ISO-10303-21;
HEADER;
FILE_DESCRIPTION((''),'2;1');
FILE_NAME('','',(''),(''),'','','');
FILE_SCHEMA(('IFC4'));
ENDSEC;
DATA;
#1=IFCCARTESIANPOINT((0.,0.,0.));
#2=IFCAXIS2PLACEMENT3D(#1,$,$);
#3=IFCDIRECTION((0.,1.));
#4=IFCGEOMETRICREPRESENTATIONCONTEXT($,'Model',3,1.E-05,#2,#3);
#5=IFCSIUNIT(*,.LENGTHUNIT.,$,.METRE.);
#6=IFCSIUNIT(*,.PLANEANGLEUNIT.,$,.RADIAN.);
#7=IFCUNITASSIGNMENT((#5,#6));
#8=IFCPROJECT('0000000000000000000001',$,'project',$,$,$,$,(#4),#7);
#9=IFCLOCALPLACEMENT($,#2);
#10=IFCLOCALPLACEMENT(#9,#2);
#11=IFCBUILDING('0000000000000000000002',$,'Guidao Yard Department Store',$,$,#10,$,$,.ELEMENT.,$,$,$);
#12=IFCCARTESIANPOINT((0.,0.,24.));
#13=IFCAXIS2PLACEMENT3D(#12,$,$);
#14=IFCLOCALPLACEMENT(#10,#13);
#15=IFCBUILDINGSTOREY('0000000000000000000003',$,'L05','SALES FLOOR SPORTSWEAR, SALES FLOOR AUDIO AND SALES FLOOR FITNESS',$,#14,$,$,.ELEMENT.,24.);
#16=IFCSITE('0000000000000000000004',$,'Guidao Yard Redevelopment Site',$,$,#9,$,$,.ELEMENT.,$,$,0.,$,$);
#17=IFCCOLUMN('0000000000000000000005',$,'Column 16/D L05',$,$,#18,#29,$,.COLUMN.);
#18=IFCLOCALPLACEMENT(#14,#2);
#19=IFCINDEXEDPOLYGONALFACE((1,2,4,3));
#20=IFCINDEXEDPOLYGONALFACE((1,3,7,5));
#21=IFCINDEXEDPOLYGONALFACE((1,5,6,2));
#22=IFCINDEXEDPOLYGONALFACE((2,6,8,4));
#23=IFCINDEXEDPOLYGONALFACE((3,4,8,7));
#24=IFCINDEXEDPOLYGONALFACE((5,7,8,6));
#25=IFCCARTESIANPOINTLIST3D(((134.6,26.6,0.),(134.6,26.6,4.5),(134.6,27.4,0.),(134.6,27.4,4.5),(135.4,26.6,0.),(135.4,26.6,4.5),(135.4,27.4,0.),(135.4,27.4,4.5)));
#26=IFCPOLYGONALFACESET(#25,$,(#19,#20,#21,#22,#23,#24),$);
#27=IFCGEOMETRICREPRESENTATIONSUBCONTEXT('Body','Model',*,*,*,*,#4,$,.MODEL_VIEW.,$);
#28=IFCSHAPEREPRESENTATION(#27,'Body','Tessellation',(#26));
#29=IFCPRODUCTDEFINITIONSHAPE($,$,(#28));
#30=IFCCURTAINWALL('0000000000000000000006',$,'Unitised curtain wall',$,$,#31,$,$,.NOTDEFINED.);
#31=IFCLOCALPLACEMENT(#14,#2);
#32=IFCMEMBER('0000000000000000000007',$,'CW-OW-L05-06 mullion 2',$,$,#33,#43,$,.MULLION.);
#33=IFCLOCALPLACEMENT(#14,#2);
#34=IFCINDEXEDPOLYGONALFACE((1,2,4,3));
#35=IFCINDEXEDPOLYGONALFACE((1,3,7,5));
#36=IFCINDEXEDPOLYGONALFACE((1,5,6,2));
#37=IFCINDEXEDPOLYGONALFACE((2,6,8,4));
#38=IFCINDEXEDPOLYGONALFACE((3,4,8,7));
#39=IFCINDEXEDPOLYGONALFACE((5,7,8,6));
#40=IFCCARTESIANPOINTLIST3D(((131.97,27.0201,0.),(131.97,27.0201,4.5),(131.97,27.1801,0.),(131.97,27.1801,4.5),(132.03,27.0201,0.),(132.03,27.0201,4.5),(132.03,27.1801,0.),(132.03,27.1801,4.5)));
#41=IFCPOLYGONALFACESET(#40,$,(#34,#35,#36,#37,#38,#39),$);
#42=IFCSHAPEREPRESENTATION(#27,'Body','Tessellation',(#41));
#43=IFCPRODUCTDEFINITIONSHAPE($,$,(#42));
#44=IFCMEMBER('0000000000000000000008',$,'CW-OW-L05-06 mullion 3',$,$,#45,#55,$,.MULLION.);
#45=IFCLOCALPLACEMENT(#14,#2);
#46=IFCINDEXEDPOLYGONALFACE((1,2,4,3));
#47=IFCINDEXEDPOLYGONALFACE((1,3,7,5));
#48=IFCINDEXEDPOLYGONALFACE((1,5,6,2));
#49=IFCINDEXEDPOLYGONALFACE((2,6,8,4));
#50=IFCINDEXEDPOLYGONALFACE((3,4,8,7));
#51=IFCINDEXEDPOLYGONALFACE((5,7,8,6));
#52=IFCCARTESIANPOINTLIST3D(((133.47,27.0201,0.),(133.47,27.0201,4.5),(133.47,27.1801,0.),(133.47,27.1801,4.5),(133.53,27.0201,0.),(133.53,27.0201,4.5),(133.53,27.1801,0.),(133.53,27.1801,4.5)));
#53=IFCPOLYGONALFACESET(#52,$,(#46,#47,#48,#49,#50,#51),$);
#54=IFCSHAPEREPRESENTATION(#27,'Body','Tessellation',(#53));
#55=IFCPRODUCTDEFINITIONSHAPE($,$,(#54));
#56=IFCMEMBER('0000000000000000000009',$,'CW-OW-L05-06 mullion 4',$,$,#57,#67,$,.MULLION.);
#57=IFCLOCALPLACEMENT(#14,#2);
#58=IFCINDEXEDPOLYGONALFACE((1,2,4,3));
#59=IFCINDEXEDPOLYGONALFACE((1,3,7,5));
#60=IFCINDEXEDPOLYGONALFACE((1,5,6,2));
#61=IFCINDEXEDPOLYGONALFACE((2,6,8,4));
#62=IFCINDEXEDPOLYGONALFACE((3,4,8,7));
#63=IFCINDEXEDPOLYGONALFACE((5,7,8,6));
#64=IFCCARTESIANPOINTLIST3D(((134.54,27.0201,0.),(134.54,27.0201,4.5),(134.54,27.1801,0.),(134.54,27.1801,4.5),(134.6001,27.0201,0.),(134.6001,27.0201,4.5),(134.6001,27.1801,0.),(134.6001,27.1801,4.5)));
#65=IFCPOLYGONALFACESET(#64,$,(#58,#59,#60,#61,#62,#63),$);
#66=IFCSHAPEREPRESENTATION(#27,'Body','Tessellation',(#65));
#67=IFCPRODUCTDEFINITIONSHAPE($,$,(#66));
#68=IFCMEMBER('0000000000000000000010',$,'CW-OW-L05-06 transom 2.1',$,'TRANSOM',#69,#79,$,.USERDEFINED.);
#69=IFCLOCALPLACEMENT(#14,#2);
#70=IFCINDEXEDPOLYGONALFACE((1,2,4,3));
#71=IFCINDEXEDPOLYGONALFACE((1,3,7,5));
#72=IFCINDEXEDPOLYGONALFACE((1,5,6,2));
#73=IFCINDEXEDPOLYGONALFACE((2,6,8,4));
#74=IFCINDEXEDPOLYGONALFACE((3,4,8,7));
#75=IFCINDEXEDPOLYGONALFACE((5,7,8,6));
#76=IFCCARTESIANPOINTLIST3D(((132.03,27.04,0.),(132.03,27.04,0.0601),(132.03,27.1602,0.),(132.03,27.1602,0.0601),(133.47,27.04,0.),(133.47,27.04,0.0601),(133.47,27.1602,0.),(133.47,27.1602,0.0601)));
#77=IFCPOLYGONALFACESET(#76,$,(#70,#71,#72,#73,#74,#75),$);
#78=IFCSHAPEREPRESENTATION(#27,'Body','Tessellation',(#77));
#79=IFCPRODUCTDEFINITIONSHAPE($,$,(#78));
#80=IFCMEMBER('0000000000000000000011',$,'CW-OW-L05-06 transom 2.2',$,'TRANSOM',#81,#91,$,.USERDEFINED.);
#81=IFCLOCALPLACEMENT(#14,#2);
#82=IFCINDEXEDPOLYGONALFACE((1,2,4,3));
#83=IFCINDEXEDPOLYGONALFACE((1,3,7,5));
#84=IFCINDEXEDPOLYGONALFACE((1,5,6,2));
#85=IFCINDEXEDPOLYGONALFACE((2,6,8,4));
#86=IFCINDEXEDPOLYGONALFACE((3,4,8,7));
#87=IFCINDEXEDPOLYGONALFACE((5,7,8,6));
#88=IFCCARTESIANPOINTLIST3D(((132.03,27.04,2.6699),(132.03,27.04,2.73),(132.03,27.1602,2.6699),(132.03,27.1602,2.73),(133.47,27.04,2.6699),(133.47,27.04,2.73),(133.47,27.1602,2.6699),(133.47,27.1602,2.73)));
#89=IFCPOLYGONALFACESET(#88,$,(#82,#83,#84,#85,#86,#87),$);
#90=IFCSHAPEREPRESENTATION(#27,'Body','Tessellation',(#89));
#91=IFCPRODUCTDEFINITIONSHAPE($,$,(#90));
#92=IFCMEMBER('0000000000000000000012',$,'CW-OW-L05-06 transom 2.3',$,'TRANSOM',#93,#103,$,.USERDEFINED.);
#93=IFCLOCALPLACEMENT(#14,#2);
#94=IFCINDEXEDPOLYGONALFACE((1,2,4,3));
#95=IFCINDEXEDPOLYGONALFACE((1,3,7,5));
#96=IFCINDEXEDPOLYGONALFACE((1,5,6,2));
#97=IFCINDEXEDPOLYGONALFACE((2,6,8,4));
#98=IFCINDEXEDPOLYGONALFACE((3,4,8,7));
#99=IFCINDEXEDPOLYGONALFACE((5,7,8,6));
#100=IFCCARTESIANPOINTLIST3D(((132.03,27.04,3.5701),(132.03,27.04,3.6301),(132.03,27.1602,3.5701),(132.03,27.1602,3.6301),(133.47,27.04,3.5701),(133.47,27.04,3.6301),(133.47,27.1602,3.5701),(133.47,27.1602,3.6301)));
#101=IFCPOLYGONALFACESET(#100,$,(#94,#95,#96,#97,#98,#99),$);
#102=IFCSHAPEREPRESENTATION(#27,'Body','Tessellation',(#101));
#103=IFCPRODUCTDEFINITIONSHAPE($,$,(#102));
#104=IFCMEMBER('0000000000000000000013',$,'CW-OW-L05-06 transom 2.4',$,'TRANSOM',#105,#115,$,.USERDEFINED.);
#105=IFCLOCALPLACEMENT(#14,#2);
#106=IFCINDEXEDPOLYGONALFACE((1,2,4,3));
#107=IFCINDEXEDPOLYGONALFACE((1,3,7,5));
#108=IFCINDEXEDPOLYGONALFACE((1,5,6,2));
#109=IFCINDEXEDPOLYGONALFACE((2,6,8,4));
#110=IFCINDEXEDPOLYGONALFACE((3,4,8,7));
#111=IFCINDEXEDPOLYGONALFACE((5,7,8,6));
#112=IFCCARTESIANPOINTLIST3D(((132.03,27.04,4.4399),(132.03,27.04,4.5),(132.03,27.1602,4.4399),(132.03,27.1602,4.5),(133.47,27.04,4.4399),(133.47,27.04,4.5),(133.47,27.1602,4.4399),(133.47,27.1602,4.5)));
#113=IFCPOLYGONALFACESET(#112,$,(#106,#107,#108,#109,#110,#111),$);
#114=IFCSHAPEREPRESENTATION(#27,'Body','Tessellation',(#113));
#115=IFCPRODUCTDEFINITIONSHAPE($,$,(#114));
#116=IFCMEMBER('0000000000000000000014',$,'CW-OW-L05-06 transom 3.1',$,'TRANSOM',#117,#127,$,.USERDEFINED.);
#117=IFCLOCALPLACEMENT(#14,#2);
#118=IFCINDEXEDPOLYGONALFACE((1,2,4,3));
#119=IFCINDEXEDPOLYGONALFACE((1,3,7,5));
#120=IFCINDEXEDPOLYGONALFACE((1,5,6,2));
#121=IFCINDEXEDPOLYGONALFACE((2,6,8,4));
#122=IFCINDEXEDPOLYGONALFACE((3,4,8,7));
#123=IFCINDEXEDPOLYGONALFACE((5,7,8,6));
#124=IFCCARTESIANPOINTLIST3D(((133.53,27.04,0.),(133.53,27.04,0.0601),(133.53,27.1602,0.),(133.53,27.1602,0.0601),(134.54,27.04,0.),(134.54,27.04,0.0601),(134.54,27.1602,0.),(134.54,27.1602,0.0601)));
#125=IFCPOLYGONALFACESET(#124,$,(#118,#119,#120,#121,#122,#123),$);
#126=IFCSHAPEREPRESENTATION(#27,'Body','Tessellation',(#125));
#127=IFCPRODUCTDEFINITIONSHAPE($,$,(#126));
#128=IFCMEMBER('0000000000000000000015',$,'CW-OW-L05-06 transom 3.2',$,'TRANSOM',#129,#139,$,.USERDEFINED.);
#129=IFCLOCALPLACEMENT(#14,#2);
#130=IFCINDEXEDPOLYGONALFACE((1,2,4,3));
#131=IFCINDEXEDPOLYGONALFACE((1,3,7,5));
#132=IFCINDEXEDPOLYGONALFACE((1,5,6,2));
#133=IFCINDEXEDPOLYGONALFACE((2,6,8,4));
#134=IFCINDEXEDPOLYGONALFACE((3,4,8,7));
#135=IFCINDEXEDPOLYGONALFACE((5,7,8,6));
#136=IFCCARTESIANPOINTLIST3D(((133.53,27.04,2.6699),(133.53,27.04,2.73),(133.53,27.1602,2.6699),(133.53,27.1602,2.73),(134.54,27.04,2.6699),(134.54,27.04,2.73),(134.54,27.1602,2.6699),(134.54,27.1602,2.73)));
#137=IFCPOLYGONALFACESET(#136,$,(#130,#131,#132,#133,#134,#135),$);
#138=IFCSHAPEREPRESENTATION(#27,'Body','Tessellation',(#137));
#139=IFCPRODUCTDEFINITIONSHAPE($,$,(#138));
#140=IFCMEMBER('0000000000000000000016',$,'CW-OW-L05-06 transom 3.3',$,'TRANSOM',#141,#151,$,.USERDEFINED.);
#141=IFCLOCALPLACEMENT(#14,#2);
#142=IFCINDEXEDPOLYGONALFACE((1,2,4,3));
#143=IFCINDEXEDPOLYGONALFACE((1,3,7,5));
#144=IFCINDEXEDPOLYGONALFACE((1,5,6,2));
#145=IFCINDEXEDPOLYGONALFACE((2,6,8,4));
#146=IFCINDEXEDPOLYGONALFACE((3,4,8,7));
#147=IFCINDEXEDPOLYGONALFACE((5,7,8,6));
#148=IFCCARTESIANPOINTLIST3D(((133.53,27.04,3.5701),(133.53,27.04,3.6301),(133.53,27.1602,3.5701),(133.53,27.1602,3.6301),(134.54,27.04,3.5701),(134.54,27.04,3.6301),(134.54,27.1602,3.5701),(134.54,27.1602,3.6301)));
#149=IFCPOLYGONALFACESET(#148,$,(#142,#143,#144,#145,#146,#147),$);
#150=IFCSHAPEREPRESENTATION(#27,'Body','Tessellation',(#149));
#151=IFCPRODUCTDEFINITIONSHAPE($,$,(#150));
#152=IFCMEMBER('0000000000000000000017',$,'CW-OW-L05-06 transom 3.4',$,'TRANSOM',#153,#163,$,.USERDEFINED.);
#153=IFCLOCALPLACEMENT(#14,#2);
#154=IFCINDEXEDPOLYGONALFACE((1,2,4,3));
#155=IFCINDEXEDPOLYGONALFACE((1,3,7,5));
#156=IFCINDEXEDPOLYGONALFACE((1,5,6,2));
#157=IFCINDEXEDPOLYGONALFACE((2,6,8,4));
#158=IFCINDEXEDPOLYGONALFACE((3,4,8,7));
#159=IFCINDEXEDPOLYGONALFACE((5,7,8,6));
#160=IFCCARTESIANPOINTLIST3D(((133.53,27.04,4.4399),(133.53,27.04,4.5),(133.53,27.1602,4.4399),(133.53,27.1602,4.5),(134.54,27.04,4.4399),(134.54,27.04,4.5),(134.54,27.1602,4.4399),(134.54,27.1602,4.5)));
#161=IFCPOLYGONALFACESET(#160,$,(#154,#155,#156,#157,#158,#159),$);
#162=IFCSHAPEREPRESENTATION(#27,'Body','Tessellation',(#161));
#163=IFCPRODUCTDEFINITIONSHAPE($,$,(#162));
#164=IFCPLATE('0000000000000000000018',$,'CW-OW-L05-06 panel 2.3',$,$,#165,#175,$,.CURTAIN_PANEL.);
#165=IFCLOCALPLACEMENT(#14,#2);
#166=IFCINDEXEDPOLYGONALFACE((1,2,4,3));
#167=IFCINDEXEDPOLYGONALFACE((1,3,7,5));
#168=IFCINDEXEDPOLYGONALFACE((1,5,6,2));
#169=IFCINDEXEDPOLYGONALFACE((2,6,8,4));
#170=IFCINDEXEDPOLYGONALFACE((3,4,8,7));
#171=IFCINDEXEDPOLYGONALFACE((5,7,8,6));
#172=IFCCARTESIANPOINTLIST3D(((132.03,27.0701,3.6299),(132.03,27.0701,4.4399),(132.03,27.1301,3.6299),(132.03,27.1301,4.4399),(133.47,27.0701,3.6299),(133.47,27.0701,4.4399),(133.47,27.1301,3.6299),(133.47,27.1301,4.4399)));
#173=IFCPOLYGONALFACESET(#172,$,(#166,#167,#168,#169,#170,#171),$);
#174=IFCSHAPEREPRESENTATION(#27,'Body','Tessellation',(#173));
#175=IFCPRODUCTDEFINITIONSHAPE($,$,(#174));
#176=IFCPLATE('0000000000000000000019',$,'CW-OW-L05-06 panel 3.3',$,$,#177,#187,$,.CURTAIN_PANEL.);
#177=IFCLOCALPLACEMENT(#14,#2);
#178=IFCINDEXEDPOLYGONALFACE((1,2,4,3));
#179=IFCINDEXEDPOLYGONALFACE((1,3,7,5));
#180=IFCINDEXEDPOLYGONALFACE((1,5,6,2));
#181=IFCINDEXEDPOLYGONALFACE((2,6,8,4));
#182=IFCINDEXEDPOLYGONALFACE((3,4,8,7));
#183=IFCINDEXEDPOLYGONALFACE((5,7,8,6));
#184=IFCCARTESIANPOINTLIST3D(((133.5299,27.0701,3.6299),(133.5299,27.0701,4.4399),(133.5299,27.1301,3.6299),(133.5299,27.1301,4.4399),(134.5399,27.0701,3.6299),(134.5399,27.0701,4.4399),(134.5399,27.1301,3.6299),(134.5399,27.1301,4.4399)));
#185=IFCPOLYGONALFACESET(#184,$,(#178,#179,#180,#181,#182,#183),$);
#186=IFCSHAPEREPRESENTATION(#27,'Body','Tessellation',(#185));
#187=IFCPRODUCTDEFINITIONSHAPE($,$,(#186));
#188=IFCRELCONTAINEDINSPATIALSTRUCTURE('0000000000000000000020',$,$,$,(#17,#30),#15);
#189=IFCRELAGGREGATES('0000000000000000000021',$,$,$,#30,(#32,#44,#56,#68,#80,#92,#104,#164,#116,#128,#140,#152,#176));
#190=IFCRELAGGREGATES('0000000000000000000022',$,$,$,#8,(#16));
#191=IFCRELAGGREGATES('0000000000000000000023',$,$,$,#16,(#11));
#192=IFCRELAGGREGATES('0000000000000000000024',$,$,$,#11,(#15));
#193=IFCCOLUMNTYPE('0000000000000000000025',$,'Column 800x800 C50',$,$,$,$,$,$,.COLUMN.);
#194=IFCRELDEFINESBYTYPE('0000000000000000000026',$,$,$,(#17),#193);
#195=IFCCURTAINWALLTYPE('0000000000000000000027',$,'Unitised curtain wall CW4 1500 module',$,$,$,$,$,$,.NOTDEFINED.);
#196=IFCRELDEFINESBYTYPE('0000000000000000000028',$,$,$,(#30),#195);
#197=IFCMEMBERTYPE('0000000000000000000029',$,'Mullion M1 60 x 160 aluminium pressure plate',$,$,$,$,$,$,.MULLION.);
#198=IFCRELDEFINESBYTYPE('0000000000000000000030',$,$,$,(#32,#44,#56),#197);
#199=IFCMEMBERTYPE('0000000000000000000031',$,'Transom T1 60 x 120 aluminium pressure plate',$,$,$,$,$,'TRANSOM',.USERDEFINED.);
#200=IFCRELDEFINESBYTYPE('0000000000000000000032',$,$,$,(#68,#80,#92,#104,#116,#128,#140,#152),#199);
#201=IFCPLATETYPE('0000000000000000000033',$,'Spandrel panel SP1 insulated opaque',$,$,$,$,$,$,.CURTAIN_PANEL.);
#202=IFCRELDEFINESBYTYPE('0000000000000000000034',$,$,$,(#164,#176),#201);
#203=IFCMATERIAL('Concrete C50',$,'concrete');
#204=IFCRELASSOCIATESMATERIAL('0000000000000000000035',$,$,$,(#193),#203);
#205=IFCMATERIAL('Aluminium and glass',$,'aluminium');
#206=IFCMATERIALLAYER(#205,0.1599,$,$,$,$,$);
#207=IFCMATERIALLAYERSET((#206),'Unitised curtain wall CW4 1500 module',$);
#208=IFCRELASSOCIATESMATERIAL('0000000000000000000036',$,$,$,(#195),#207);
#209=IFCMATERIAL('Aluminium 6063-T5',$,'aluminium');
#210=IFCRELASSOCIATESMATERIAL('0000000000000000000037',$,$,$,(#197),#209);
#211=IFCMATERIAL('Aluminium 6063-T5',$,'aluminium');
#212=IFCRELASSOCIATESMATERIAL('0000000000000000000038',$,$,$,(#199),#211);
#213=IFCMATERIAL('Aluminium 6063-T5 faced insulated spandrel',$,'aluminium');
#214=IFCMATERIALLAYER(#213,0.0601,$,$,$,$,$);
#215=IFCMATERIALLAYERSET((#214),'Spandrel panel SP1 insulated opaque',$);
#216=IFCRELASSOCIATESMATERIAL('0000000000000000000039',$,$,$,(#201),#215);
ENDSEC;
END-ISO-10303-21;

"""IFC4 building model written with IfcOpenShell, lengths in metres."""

from ifc_helpers import new_model, si_unit, direction, frame, origin, origin_2d, place, context, subcontext, project, spatial, rectangle, extrude, material, layer, layer_set, material_profile, profile_set, type_object, element, aggregate, save


model = new_model("IFC4")

# Units and contexts
model_context = context("Model", 3, precision=1e-05, world=origin(), true_north=direction((0.0, 1.0)))
body_context = subcontext(model_context, "Body", "Model", "MODEL_VIEW")
ifc_project = project(units=[si_unit("LENGTHUNIT", "METRE"), si_unit("PLANEANGLEUNIT", "RADIAN")], contexts=[model_context])

# Site, building, storey
site_placement = place(None, origin())
site = spatial("IfcSite", under=ifc_project, at=site_placement, Name="Guidao Yard Redevelopment Site", CompositionType="ELEMENT", RefElevation=0.0)
building_placement = place(site_placement, origin())
building = spatial("IfcBuilding", under=site, at=building_placement, Name="Guidao Yard Department Store", CompositionType="ELEMENT")
storey_placement = place(building_placement, frame((0.0, 0.0, 24.0)))
storey = spatial("IfcBuildingStorey", under=building, at=storey_placement, Name="L05", Description="SALES FLOOR SPORTSWEAR, SALES FLOOR AUDIO AND SALES FLOOR FITNESS", CompositionType="ELEMENT", Elevation=24.0)

# Column
ifc_material_1 = material(Name="Concrete C50", Category="concrete")
ifc_material_profile_1 = material_profile(ifc_material_1, rectangle(XDim=0.8, YDim=0.8, at=origin_2d()), Name="COL 800x800")
ifc_profile_set_1 = profile_set([ifc_material_profile_1], Name="Concrete C50")
column_type = type_object("IfcColumnType", Name="Column 800x800 C50", PredefinedType="COLUMN", material=ifc_profile_set_1)
column_placement = place(storey_placement, frame((135.0, 27.0, 0.0), z_axis=(0.0, 0.0, 1.0), x_axis=(1.0, 0.0, 0.0)))
element("IfcColumn", 1, at=column_placement, inside=storey, type_object=column_type, Name="Column 16/D L05", PredefinedType="COLUMN", context=body_context, shape_type="SweptSolid", body=[
    extrude(rectangle(XDim=0.8, YDim=0.8, at=origin_2d()), origin(), (0.0, 0.0, 1.0), 4.5),
])

# Curtain wall, members, plates
ifc_material_2 = material(Name="Aluminium and glass", Category="aluminium")
ifc_layer_1 = layer(ifc_material_2, 0.1599)
ifc_layer_set_1 = layer_set([ifc_layer_1], Name="Unitised curtain wall CW4 1500 module")
curtain_wall_type = type_object("IfcCurtainWallType", Name="Unitised curtain wall CW4 1500 module", PredefinedType="NOTDEFINED", material=ifc_layer_set_1)
curtain_wall_placement = place(storey_placement, origin())
curtain_wall = element("IfcCurtainWall", 2, at=curtain_wall_placement, inside=storey, type_object=curtain_wall_type, Name="Unitised curtain wall", PredefinedType="NOTDEFINED")
ifc_material_3 = material(Name="Aluminium 6063-T5", Category="aluminium")
ifc_material_profile_2 = material_profile(ifc_material_3, rectangle(XDim=0.0601, YDim=0.1599, at=origin_2d()), Name="Mullion M1 60 x 160 aluminium pressure plate")
ifc_profile_set_2 = profile_set([ifc_material_profile_2], Name="Aluminium 6063-T5")
member_type_1 = type_object("IfcMemberType", Name="Mullion M1 60 x 160 aluminium pressure plate", PredefinedType="MULLION", material=ifc_profile_set_2)
member_1_placement = place(storey_placement, frame((132.0, 27.1001, 0.0), z_axis=(0.0, 0.0, 1.0), x_axis=(1.0, 0.0, 0.0)))
member_1 = element("IfcMember", 3, at=member_1_placement, type_object=member_type_1, Name="CW-OW-L05-06 mullion 2", PredefinedType="MULLION", context=body_context, shape_type="SweptSolid", body=[
    extrude(rectangle(XDim=0.0601, YDim=0.1599, at=origin_2d()), origin(), (0.0, 0.0, 1.0), 4.5),
])
member_2_placement = place(storey_placement, frame((133.5, 27.1001, 0.0), z_axis=(0.0, 0.0, 1.0), x_axis=(1.0, 0.0, 0.0)))
member_2 = element("IfcMember", 4, at=member_2_placement, type_object=member_type_1, Name="CW-OW-L05-06 mullion 3", PredefinedType="MULLION", context=body_context, shape_type="SweptSolid", body=[
    extrude(rectangle(XDim=0.0601, YDim=0.1599, at=origin_2d()), origin(), (0.0, 0.0, 1.0), 4.5),
])
member_3_placement = place(storey_placement, frame((134.5701, 27.1001, 0.0), z_axis=(0.0, 0.0, 1.0), x_axis=(1.0, 0.0, 0.0)))
member_3 = element("IfcMember", 5, at=member_3_placement, type_object=member_type_1, Name="CW-OW-L05-06 mullion 4", PredefinedType="MULLION", context=body_context, shape_type="SweptSolid", body=[
    extrude(rectangle(XDim=0.0601, YDim=0.1599, at=origin_2d()), origin(), (0.0, 0.0, 1.0), 4.5),
])
ifc_material_4 = material(Name="Aluminium 6063-T5", Category="aluminium")
ifc_material_profile_3 = material_profile(ifc_material_4, rectangle(XDim=0.1201, YDim=0.0601, at=origin_2d()), Name="Transom T1 60 x 120 aluminium pressure plate")
ifc_profile_set_3 = profile_set([ifc_material_profile_3], Name="Aluminium 6063-T5")
member_type_2 = type_object("IfcMemberType", Name="Transom T1 60 x 120 aluminium pressure plate", ElementType="TRANSOM", PredefinedType="USERDEFINED", material=ifc_profile_set_3)
member_4_placement = place(storey_placement, frame((132.03, 27.1001, 0.03), z_axis=(1.0, 0.0, 0.0), x_axis=(0.0, 1.0, 0.0)))
member_4 = element("IfcMember", 6, at=member_4_placement, type_object=member_type_2, Name="CW-OW-L05-06 transom 2.1", ObjectType="TRANSOM", PredefinedType="USERDEFINED", context=body_context, shape_type="SweptSolid", body=[
    extrude(rectangle(XDim=0.1201, YDim=0.0601, at=origin_2d()), origin(), (0.0, 0.0, 1.0), 1.4399),
])
member_5_placement = place(storey_placement, frame((132.03, 27.1001, 2.7), z_axis=(1.0, 0.0, 0.0), x_axis=(0.0, 1.0, 0.0)))
member_5 = element("IfcMember", 7, at=member_5_placement, type_object=member_type_2, Name="CW-OW-L05-06 transom 2.2", ObjectType="TRANSOM", PredefinedType="USERDEFINED", context=body_context, shape_type="SweptSolid", body=[
    extrude(rectangle(XDim=0.1201, YDim=0.0601, at=origin_2d()), origin(), (0.0, 0.0, 1.0), 1.4399),
])
member_6_placement = place(storey_placement, frame((132.03, 27.1001, 3.6001), z_axis=(1.0, 0.0, 0.0), x_axis=(0.0, 1.0, 0.0)))
member_6 = element("IfcMember", 8, at=member_6_placement, type_object=member_type_2, Name="CW-OW-L05-06 transom 2.3", ObjectType="TRANSOM", PredefinedType="USERDEFINED", context=body_context, shape_type="SweptSolid", body=[
    extrude(rectangle(XDim=0.1201, YDim=0.0601, at=origin_2d()), origin(), (0.0, 0.0, 1.0), 1.4399),
])
member_7_placement = place(storey_placement, frame((132.03, 27.1001, 4.47), z_axis=(1.0, 0.0, 0.0), x_axis=(0.0, 1.0, 0.0)))
member_7 = element("IfcMember", 9, at=member_7_placement, type_object=member_type_2, Name="CW-OW-L05-06 transom 2.4", ObjectType="TRANSOM", PredefinedType="USERDEFINED", context=body_context, shape_type="SweptSolid", body=[
    extrude(rectangle(XDim=0.1201, YDim=0.0601, at=origin_2d()), origin(), (0.0, 0.0, 1.0), 1.4399),
])
member_8_placement = place(storey_placement, frame((133.53, 27.1001, 0.03), z_axis=(1.0, 0.0, 0.0), x_axis=(0.0, 1.0, 0.0)))
member_8 = element("IfcMember", 10, at=member_8_placement, type_object=member_type_2, Name="CW-OW-L05-06 transom 3.1", ObjectType="TRANSOM", PredefinedType="USERDEFINED", context=body_context, shape_type="SweptSolid", body=[
    extrude(rectangle(XDim=0.1201, YDim=0.0601, at=origin_2d()), origin(), (0.0, 0.0, 1.0), 1.01),
])
member_9_placement = place(storey_placement, frame((133.53, 27.1001, 2.7), z_axis=(1.0, 0.0, 0.0), x_axis=(0.0, 1.0, 0.0)))
member_9 = element("IfcMember", 11, at=member_9_placement, type_object=member_type_2, Name="CW-OW-L05-06 transom 3.2", ObjectType="TRANSOM", PredefinedType="USERDEFINED", context=body_context, shape_type="SweptSolid", body=[
    extrude(rectangle(XDim=0.1201, YDim=0.0601, at=origin_2d()), origin(), (0.0, 0.0, 1.0), 1.01),
])
member_10_placement = place(storey_placement, frame((133.53, 27.1001, 3.6001), z_axis=(1.0, 0.0, 0.0), x_axis=(0.0, 1.0, 0.0)))
member_10 = element("IfcMember", 12, at=member_10_placement, type_object=member_type_2, Name="CW-OW-L05-06 transom 3.3", ObjectType="TRANSOM", PredefinedType="USERDEFINED", context=body_context, shape_type="SweptSolid", body=[
    extrude(rectangle(XDim=0.1201, YDim=0.0601, at=origin_2d()), origin(), (0.0, 0.0, 1.0), 1.01),
])
member_11_placement = place(storey_placement, frame((133.53, 27.1001, 4.47), z_axis=(1.0, 0.0, 0.0), x_axis=(0.0, 1.0, 0.0)))
member_11 = element("IfcMember", 13, at=member_11_placement, type_object=member_type_2, Name="CW-OW-L05-06 transom 3.4", ObjectType="TRANSOM", PredefinedType="USERDEFINED", context=body_context, shape_type="SweptSolid", body=[
    extrude(rectangle(XDim=0.1201, YDim=0.0601, at=origin_2d()), origin(), (0.0, 0.0, 1.0), 1.01),
])
ifc_material_5 = material(Name="Aluminium 6063-T5 faced insulated spandrel", Category="aluminium")
ifc_layer_2 = layer(ifc_material_5, 0.0601)
ifc_layer_set_2 = layer_set([ifc_layer_2], Name="Spandrel panel SP1 insulated opaque")
plate_type_1 = type_object("IfcPlateType", Name="Spandrel panel SP1 insulated opaque", PredefinedType="CURTAIN_PANEL", material=ifc_layer_set_2)
plate_1_placement = place(storey_placement, frame((132.75, 27.1001, 3.6299), z_axis=(0.0, 0.0, 1.0), x_axis=(1.0, 0.0, 0.0)))
plate_1 = element("IfcPlate", 14, at=plate_1_placement, type_object=plate_type_1, Name="CW-OW-L05-06 panel 2.3", PredefinedType="CURTAIN_PANEL", context=body_context, shape_type="SweptSolid", body=[
    extrude(rectangle(XDim=1.4399, YDim=0.0601, at=origin_2d()), origin(), (0.0, 0.0, 1.0), 0.8101),
])
plate_2_placement = place(storey_placement, frame((134.0349, 27.1001, 3.6299), z_axis=(0.0, 0.0, 1.0), x_axis=(1.0, 0.0, 0.0)))
plate_2 = element("IfcPlate", 15, at=plate_2_placement, type_object=plate_type_1, Name="CW-OW-L05-06 panel 3.3", PredefinedType="CURTAIN_PANEL", context=body_context, shape_type="SweptSolid", body=[
    extrude(rectangle(XDim=1.01, YDim=0.0601, at=origin_2d()), origin(), (0.0, 0.0, 1.0), 0.8101),
])
aggregate(curtain_wall, [member_1, member_2, member_3, member_4, member_5, member_6, member_7, plate_1, member_8, member_9, member_10, member_11, plate_2])

save(model, "model.ifc")
